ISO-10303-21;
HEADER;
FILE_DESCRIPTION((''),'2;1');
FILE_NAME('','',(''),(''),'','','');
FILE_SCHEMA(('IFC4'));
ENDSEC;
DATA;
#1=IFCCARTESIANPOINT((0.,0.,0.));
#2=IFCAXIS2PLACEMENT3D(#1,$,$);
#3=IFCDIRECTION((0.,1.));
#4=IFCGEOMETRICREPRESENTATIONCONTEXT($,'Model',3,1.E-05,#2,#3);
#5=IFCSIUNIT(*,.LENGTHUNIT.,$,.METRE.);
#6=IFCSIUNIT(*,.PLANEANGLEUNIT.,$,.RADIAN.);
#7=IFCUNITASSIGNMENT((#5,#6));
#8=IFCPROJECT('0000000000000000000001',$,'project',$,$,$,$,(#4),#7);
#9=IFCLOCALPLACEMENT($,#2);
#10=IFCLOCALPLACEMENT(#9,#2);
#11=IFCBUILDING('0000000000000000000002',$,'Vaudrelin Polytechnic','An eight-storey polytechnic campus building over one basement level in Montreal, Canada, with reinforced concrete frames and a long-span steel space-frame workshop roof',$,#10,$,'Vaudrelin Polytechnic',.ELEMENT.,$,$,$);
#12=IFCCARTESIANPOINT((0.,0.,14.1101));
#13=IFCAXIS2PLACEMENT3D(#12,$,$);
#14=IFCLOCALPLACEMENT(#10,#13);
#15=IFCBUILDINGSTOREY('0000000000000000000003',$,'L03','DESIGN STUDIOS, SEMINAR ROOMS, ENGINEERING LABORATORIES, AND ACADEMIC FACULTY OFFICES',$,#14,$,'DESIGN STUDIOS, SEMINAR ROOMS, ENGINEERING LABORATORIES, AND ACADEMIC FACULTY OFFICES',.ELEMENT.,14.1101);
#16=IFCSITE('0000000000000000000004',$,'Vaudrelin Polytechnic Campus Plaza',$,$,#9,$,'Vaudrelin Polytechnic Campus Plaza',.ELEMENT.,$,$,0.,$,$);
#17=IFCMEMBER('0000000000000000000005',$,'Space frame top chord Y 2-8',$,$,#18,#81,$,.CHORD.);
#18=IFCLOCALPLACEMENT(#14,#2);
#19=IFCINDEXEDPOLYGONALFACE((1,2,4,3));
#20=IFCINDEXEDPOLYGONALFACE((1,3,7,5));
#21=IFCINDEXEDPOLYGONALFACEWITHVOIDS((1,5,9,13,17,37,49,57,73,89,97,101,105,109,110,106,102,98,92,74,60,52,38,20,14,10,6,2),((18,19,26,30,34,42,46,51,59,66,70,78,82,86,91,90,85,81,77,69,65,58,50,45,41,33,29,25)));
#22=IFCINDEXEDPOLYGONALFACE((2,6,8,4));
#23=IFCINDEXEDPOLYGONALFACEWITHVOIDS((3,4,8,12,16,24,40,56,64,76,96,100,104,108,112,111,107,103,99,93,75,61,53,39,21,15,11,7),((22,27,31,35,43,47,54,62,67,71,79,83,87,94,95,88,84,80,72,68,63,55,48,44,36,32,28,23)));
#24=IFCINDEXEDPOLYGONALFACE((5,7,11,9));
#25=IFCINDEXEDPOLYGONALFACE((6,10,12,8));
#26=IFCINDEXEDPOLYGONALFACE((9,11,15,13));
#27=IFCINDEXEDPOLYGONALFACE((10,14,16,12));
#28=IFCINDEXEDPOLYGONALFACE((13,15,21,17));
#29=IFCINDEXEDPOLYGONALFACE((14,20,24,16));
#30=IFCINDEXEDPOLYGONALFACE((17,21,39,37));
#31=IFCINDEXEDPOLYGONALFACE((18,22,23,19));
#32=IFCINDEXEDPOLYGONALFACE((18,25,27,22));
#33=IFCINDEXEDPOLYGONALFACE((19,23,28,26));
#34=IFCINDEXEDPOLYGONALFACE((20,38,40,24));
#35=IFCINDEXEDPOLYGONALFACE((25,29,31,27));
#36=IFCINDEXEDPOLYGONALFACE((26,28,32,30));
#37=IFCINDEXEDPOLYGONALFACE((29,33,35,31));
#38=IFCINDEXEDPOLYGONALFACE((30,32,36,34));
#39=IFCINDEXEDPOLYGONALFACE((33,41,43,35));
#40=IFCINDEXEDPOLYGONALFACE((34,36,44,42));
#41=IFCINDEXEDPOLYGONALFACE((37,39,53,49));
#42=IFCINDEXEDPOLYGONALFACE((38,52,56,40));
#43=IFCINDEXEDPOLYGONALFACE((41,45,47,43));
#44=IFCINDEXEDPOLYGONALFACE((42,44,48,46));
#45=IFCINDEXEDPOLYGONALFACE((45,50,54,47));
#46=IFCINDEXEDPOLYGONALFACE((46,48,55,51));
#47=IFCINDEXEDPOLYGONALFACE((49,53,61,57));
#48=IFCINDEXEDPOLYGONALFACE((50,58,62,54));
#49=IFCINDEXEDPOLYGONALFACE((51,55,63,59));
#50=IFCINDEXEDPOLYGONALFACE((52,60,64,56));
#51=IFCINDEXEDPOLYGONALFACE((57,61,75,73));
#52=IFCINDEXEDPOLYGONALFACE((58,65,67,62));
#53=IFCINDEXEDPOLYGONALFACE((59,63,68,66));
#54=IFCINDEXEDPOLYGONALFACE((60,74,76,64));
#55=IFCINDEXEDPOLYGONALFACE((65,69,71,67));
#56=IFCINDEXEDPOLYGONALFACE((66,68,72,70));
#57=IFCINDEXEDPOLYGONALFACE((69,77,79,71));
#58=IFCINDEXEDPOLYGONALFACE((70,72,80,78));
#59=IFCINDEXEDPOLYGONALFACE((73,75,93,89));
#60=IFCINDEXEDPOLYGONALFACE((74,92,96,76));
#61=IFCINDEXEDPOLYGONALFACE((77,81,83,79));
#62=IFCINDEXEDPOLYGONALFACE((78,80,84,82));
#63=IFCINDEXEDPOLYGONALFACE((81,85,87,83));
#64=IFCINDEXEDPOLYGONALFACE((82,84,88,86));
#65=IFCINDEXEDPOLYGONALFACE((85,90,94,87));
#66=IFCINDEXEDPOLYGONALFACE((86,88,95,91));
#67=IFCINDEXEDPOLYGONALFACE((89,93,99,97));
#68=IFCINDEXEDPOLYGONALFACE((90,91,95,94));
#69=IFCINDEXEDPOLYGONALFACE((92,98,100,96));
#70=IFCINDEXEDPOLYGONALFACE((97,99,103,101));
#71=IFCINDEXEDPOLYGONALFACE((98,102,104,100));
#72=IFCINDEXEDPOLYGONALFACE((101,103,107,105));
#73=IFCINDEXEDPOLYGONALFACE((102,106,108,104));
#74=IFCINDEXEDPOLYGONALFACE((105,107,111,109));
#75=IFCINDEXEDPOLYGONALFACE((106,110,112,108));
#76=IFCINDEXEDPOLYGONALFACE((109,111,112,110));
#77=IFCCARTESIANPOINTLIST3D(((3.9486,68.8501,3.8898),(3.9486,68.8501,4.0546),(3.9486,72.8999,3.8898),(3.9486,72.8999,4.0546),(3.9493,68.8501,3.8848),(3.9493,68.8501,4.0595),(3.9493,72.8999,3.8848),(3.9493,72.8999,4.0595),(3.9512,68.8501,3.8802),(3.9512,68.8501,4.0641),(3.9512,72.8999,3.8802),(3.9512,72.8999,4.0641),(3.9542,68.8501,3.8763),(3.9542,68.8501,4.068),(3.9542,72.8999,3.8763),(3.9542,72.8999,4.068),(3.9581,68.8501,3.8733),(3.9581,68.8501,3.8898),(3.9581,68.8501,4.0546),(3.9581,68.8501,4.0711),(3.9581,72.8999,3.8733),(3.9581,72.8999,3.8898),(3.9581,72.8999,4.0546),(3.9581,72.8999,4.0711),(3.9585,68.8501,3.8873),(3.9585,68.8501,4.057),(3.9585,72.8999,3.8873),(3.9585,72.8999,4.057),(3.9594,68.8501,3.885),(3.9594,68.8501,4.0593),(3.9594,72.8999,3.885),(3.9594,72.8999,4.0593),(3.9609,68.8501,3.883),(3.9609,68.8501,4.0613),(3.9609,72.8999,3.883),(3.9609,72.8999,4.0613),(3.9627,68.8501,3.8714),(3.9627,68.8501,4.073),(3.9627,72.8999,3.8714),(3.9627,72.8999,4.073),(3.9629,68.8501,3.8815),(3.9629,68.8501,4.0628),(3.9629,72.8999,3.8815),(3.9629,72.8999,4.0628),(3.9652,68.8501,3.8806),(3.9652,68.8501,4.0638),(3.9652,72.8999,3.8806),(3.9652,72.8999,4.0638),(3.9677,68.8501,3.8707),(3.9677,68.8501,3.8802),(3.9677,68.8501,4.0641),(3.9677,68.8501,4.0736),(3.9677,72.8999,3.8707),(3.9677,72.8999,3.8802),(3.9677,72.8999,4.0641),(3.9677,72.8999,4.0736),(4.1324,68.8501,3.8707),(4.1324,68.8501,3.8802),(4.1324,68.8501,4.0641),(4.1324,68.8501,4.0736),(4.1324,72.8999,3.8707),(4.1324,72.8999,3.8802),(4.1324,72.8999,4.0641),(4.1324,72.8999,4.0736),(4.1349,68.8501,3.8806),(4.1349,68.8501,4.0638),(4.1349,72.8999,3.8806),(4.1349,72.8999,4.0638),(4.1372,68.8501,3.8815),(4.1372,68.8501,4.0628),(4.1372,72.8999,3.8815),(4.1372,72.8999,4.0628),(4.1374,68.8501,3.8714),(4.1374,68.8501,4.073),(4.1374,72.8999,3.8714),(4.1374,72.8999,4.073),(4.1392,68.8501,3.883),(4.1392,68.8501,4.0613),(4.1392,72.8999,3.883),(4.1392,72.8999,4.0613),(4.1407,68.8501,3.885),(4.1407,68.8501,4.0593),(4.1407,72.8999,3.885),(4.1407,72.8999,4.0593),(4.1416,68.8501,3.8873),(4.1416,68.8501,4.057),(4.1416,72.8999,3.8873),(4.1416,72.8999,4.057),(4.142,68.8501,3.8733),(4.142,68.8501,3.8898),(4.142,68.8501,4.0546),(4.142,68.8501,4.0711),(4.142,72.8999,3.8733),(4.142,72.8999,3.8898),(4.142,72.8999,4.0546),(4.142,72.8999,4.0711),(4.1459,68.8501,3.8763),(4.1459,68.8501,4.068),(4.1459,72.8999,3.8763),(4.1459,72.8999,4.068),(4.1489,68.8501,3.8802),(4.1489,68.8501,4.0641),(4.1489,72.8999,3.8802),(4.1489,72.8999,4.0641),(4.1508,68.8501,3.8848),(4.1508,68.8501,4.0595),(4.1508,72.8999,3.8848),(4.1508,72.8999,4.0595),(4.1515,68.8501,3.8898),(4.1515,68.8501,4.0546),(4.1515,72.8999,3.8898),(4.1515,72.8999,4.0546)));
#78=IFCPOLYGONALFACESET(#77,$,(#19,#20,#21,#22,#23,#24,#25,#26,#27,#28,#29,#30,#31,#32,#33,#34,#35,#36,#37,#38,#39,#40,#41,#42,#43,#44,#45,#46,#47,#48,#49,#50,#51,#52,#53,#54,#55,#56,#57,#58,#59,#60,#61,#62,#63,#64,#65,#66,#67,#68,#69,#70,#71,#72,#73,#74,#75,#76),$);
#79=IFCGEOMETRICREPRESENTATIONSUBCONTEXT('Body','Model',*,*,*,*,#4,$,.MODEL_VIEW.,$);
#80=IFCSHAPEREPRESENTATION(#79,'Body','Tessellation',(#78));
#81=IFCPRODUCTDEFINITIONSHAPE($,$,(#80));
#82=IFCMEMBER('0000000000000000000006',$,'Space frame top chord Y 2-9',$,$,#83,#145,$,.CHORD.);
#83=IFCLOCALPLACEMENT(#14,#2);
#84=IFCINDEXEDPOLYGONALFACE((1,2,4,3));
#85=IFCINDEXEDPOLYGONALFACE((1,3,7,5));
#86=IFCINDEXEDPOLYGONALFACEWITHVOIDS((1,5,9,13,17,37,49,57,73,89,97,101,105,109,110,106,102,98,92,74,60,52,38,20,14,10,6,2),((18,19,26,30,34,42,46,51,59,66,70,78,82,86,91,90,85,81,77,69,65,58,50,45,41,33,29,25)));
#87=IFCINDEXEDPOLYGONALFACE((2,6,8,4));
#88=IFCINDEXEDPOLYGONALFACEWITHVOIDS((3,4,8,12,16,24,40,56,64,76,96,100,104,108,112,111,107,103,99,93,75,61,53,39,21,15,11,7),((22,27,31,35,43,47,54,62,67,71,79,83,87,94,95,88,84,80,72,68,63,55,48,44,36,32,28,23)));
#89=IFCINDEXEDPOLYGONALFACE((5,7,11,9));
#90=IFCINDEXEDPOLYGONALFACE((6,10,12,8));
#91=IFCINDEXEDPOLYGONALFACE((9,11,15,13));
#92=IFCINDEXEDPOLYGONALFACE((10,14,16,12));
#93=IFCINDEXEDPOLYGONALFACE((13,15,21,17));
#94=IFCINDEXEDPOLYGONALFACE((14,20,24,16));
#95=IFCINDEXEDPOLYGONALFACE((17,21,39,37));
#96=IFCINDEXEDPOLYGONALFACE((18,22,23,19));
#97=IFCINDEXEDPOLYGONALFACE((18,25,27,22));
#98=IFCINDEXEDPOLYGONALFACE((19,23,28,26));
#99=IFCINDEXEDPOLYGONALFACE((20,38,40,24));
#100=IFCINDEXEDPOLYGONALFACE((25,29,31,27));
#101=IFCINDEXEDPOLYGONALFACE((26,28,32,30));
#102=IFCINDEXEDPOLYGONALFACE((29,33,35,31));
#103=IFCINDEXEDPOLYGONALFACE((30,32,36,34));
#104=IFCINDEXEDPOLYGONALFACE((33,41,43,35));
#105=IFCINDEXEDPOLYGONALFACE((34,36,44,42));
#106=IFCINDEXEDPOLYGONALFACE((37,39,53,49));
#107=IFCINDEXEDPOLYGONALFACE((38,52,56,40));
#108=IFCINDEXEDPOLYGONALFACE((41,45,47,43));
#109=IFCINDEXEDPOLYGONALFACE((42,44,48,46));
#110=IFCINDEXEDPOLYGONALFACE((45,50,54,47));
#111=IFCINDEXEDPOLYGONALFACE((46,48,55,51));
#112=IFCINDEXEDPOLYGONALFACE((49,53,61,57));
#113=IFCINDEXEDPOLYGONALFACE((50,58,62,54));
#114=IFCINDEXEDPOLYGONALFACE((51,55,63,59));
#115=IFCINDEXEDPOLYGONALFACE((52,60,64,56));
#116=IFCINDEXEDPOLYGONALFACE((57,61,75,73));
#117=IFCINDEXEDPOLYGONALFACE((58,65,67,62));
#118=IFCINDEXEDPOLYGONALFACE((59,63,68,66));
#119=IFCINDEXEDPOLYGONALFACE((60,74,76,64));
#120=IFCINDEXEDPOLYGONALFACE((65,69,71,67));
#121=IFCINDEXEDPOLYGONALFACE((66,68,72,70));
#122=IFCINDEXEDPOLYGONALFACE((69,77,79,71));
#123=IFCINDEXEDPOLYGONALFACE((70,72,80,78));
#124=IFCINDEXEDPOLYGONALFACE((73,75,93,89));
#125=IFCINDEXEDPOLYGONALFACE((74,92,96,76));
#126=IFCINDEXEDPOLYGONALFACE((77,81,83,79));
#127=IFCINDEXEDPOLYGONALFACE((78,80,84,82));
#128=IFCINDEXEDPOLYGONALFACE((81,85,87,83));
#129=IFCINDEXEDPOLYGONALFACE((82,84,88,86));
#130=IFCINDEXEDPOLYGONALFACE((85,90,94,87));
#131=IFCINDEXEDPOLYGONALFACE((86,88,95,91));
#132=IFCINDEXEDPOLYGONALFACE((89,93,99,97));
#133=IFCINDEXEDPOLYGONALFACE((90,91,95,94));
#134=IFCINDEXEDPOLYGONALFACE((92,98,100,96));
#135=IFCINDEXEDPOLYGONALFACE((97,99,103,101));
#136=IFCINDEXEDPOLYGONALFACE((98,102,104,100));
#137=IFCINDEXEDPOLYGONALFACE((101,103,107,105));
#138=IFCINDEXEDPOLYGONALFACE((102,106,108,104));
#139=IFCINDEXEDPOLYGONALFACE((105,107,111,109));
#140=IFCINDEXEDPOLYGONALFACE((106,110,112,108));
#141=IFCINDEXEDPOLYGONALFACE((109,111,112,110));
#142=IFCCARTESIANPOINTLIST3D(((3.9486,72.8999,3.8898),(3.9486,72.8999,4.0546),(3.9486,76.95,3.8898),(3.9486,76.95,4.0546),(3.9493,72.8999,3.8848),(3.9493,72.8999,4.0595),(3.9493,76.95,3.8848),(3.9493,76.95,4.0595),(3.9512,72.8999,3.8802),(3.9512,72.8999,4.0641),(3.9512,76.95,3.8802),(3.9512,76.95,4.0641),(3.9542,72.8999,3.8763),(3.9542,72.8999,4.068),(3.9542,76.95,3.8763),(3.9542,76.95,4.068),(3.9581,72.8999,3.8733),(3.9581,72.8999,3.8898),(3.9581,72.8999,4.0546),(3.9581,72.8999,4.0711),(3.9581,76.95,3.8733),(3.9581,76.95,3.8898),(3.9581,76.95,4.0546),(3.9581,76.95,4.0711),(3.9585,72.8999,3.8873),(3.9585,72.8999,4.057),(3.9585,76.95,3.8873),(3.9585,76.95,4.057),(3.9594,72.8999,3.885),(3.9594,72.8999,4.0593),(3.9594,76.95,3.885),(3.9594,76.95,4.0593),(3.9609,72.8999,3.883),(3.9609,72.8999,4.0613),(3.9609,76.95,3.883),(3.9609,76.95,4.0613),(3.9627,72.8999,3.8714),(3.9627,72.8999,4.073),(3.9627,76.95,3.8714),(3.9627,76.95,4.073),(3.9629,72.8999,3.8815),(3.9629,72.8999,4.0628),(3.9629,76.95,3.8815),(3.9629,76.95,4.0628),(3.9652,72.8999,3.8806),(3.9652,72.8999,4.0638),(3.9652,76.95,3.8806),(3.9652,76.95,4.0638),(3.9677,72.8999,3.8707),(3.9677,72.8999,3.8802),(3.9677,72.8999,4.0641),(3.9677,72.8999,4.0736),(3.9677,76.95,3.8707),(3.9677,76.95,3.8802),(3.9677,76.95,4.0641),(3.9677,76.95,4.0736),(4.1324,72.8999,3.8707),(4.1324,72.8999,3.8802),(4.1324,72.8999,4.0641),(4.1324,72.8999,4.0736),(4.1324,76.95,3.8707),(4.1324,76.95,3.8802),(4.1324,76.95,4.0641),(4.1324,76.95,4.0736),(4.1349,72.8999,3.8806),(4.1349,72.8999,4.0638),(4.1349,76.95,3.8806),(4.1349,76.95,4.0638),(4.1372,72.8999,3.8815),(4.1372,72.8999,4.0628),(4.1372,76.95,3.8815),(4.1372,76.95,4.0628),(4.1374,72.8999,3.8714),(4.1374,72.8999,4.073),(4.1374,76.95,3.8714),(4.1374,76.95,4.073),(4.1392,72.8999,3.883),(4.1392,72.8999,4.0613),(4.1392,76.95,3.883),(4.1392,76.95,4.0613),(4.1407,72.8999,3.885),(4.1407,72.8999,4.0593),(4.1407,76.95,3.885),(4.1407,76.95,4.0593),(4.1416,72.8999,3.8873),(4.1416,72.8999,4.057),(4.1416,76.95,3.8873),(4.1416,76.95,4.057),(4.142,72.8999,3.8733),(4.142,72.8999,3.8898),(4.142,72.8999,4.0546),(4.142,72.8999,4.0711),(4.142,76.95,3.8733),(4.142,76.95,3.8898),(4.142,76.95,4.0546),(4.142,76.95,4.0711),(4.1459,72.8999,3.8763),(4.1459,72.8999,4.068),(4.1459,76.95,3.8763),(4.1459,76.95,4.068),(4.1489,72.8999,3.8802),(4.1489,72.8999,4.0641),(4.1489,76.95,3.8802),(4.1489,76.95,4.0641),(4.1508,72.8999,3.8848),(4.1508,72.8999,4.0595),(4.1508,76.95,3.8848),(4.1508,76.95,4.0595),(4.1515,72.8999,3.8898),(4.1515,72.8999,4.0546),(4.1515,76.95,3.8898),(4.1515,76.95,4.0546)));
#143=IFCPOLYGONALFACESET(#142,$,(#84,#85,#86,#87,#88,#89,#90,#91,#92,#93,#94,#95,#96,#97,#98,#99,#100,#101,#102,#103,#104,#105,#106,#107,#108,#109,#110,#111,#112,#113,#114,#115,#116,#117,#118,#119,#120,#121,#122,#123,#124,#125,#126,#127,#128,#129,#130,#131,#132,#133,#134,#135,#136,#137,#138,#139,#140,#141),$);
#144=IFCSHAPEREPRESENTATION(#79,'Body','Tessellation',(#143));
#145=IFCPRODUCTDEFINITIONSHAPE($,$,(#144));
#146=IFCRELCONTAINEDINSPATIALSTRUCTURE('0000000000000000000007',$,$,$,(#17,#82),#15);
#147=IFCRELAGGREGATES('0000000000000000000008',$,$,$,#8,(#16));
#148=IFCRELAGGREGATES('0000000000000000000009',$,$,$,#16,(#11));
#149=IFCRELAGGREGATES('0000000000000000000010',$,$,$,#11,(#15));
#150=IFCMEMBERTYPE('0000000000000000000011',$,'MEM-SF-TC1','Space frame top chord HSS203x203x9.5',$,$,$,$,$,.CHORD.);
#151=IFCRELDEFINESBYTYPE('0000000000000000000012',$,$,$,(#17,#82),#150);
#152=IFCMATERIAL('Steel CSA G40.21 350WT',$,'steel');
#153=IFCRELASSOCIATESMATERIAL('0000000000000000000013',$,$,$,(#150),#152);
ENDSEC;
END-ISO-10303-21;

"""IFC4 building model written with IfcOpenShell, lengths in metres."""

from ifc_helpers import new_model, si_unit, direction, frame, origin, origin_2d, place, context, subcontext, project, spatial, hollow_rectangle, extrude, material, material_profile, profile_set, type_object, element, save


model = new_model("IFC4")

# Units and contexts
model_context = context("Model", 3, precision=1e-05, world=origin(), true_north=direction((0.0, 1.0)))
body_context = subcontext(model_context, "Body", "Model", "MODEL_VIEW")
ifc_project = project(units=[si_unit("LENGTHUNIT", "METRE"), si_unit("PLANEANGLEUNIT", "RADIAN")], contexts=[model_context])

# Site, building, storey
site_placement = place(None, origin())
site = spatial("IfcSite", under=ifc_project, at=site_placement, Name="Vaudrelin Polytechnic Campus Plaza", LongName="Vaudrelin Polytechnic Campus Plaza", CompositionType="ELEMENT", RefElevation=0.0)
building_placement = place(site_placement, origin())
building = spatial("IfcBuilding", under=site, at=building_placement, Name="Vaudrelin Polytechnic", Description="An eight-storey polytechnic campus building over one basement level in Montreal, Canada, with reinforced concrete frames and a long-span steel space-frame workshop roof", LongName="Vaudrelin Polytechnic", CompositionType="ELEMENT")
storey_placement = place(building_placement, frame((0.0, 0.0, 14.1101)))
storey = spatial("IfcBuildingStorey", under=building, at=storey_placement, Name="L03", Description="DESIGN STUDIOS, SEMINAR ROOMS, ENGINEERING LABORATORIES, AND ACADEMIC FACULTY OFFICES", LongName="DESIGN STUDIOS, SEMINAR ROOMS, ENGINEERING LABORATORIES, AND ACADEMIC FACULTY OFFICES", CompositionType="ELEMENT", Elevation=14.1101)

# Members
ifc_material_1 = material(Name="Steel CSA G40.21 350WT", Category="steel")
ifc_material_profile_1 = material_profile(ifc_material_1, hollow_rectangle(XDim=0.2029, YDim=0.2029, WallThickness=0.0095, InnerFilletRadius=0.0095, OuterFilletRadius=0.019, at=origin_2d()), Name="HSS203x203x9.5")
ifc_profile_set_1 = profile_set([ifc_material_profile_1], Name="Steel CSA G40.21 350WT")
member_type_1 = type_object("IfcMemberType", Name="MEM-SF-TC1", Description="Space frame top chord HSS203x203x9.5", PredefinedType="CHORD", material=ifc_profile_set_1)
member_1_placement = place(storey_placement, frame((4.05, 68.8501, 3.9722), z_axis=(0.0, 1.0, 0.0), x_axis=(-1.0, 0.0, 0.0)))
element("IfcMember", 1, at=member_1_placement, inside=storey, type_object=member_type_1, Name="Space frame top chord Y 2-8", PredefinedType="CHORD", context=body_context, shape_type="SweptSolid", body=[
    extrude(hollow_rectangle(XDim=0.2029, YDim=0.2029, WallThickness=0.0095, InnerFilletRadius=0.0095, OuterFilletRadius=0.019, at=origin_2d()), origin(), (0.0, 0.0, 1.0), 4.0498),
])
member_2_placement = place(storey_placement, frame((4.05, 72.8999, 3.9722), z_axis=(0.0, 1.0, 0.0), x_axis=(-1.0, 0.0, 0.0)))
element("IfcMember", 2, at=member_2_placement, inside=storey, type_object=member_type_1, Name="Space frame top chord Y 2-9", PredefinedType="CHORD", context=body_context, shape_type="SweptSolid", body=[
    extrude(hollow_rectangle(XDim=0.2029, YDim=0.2029, WallThickness=0.0095, InnerFilletRadius=0.0095, OuterFilletRadius=0.019, at=origin_2d()), origin(), (0.0, 0.0, 1.0), 4.05),
])

save(model, "model.ifc")
